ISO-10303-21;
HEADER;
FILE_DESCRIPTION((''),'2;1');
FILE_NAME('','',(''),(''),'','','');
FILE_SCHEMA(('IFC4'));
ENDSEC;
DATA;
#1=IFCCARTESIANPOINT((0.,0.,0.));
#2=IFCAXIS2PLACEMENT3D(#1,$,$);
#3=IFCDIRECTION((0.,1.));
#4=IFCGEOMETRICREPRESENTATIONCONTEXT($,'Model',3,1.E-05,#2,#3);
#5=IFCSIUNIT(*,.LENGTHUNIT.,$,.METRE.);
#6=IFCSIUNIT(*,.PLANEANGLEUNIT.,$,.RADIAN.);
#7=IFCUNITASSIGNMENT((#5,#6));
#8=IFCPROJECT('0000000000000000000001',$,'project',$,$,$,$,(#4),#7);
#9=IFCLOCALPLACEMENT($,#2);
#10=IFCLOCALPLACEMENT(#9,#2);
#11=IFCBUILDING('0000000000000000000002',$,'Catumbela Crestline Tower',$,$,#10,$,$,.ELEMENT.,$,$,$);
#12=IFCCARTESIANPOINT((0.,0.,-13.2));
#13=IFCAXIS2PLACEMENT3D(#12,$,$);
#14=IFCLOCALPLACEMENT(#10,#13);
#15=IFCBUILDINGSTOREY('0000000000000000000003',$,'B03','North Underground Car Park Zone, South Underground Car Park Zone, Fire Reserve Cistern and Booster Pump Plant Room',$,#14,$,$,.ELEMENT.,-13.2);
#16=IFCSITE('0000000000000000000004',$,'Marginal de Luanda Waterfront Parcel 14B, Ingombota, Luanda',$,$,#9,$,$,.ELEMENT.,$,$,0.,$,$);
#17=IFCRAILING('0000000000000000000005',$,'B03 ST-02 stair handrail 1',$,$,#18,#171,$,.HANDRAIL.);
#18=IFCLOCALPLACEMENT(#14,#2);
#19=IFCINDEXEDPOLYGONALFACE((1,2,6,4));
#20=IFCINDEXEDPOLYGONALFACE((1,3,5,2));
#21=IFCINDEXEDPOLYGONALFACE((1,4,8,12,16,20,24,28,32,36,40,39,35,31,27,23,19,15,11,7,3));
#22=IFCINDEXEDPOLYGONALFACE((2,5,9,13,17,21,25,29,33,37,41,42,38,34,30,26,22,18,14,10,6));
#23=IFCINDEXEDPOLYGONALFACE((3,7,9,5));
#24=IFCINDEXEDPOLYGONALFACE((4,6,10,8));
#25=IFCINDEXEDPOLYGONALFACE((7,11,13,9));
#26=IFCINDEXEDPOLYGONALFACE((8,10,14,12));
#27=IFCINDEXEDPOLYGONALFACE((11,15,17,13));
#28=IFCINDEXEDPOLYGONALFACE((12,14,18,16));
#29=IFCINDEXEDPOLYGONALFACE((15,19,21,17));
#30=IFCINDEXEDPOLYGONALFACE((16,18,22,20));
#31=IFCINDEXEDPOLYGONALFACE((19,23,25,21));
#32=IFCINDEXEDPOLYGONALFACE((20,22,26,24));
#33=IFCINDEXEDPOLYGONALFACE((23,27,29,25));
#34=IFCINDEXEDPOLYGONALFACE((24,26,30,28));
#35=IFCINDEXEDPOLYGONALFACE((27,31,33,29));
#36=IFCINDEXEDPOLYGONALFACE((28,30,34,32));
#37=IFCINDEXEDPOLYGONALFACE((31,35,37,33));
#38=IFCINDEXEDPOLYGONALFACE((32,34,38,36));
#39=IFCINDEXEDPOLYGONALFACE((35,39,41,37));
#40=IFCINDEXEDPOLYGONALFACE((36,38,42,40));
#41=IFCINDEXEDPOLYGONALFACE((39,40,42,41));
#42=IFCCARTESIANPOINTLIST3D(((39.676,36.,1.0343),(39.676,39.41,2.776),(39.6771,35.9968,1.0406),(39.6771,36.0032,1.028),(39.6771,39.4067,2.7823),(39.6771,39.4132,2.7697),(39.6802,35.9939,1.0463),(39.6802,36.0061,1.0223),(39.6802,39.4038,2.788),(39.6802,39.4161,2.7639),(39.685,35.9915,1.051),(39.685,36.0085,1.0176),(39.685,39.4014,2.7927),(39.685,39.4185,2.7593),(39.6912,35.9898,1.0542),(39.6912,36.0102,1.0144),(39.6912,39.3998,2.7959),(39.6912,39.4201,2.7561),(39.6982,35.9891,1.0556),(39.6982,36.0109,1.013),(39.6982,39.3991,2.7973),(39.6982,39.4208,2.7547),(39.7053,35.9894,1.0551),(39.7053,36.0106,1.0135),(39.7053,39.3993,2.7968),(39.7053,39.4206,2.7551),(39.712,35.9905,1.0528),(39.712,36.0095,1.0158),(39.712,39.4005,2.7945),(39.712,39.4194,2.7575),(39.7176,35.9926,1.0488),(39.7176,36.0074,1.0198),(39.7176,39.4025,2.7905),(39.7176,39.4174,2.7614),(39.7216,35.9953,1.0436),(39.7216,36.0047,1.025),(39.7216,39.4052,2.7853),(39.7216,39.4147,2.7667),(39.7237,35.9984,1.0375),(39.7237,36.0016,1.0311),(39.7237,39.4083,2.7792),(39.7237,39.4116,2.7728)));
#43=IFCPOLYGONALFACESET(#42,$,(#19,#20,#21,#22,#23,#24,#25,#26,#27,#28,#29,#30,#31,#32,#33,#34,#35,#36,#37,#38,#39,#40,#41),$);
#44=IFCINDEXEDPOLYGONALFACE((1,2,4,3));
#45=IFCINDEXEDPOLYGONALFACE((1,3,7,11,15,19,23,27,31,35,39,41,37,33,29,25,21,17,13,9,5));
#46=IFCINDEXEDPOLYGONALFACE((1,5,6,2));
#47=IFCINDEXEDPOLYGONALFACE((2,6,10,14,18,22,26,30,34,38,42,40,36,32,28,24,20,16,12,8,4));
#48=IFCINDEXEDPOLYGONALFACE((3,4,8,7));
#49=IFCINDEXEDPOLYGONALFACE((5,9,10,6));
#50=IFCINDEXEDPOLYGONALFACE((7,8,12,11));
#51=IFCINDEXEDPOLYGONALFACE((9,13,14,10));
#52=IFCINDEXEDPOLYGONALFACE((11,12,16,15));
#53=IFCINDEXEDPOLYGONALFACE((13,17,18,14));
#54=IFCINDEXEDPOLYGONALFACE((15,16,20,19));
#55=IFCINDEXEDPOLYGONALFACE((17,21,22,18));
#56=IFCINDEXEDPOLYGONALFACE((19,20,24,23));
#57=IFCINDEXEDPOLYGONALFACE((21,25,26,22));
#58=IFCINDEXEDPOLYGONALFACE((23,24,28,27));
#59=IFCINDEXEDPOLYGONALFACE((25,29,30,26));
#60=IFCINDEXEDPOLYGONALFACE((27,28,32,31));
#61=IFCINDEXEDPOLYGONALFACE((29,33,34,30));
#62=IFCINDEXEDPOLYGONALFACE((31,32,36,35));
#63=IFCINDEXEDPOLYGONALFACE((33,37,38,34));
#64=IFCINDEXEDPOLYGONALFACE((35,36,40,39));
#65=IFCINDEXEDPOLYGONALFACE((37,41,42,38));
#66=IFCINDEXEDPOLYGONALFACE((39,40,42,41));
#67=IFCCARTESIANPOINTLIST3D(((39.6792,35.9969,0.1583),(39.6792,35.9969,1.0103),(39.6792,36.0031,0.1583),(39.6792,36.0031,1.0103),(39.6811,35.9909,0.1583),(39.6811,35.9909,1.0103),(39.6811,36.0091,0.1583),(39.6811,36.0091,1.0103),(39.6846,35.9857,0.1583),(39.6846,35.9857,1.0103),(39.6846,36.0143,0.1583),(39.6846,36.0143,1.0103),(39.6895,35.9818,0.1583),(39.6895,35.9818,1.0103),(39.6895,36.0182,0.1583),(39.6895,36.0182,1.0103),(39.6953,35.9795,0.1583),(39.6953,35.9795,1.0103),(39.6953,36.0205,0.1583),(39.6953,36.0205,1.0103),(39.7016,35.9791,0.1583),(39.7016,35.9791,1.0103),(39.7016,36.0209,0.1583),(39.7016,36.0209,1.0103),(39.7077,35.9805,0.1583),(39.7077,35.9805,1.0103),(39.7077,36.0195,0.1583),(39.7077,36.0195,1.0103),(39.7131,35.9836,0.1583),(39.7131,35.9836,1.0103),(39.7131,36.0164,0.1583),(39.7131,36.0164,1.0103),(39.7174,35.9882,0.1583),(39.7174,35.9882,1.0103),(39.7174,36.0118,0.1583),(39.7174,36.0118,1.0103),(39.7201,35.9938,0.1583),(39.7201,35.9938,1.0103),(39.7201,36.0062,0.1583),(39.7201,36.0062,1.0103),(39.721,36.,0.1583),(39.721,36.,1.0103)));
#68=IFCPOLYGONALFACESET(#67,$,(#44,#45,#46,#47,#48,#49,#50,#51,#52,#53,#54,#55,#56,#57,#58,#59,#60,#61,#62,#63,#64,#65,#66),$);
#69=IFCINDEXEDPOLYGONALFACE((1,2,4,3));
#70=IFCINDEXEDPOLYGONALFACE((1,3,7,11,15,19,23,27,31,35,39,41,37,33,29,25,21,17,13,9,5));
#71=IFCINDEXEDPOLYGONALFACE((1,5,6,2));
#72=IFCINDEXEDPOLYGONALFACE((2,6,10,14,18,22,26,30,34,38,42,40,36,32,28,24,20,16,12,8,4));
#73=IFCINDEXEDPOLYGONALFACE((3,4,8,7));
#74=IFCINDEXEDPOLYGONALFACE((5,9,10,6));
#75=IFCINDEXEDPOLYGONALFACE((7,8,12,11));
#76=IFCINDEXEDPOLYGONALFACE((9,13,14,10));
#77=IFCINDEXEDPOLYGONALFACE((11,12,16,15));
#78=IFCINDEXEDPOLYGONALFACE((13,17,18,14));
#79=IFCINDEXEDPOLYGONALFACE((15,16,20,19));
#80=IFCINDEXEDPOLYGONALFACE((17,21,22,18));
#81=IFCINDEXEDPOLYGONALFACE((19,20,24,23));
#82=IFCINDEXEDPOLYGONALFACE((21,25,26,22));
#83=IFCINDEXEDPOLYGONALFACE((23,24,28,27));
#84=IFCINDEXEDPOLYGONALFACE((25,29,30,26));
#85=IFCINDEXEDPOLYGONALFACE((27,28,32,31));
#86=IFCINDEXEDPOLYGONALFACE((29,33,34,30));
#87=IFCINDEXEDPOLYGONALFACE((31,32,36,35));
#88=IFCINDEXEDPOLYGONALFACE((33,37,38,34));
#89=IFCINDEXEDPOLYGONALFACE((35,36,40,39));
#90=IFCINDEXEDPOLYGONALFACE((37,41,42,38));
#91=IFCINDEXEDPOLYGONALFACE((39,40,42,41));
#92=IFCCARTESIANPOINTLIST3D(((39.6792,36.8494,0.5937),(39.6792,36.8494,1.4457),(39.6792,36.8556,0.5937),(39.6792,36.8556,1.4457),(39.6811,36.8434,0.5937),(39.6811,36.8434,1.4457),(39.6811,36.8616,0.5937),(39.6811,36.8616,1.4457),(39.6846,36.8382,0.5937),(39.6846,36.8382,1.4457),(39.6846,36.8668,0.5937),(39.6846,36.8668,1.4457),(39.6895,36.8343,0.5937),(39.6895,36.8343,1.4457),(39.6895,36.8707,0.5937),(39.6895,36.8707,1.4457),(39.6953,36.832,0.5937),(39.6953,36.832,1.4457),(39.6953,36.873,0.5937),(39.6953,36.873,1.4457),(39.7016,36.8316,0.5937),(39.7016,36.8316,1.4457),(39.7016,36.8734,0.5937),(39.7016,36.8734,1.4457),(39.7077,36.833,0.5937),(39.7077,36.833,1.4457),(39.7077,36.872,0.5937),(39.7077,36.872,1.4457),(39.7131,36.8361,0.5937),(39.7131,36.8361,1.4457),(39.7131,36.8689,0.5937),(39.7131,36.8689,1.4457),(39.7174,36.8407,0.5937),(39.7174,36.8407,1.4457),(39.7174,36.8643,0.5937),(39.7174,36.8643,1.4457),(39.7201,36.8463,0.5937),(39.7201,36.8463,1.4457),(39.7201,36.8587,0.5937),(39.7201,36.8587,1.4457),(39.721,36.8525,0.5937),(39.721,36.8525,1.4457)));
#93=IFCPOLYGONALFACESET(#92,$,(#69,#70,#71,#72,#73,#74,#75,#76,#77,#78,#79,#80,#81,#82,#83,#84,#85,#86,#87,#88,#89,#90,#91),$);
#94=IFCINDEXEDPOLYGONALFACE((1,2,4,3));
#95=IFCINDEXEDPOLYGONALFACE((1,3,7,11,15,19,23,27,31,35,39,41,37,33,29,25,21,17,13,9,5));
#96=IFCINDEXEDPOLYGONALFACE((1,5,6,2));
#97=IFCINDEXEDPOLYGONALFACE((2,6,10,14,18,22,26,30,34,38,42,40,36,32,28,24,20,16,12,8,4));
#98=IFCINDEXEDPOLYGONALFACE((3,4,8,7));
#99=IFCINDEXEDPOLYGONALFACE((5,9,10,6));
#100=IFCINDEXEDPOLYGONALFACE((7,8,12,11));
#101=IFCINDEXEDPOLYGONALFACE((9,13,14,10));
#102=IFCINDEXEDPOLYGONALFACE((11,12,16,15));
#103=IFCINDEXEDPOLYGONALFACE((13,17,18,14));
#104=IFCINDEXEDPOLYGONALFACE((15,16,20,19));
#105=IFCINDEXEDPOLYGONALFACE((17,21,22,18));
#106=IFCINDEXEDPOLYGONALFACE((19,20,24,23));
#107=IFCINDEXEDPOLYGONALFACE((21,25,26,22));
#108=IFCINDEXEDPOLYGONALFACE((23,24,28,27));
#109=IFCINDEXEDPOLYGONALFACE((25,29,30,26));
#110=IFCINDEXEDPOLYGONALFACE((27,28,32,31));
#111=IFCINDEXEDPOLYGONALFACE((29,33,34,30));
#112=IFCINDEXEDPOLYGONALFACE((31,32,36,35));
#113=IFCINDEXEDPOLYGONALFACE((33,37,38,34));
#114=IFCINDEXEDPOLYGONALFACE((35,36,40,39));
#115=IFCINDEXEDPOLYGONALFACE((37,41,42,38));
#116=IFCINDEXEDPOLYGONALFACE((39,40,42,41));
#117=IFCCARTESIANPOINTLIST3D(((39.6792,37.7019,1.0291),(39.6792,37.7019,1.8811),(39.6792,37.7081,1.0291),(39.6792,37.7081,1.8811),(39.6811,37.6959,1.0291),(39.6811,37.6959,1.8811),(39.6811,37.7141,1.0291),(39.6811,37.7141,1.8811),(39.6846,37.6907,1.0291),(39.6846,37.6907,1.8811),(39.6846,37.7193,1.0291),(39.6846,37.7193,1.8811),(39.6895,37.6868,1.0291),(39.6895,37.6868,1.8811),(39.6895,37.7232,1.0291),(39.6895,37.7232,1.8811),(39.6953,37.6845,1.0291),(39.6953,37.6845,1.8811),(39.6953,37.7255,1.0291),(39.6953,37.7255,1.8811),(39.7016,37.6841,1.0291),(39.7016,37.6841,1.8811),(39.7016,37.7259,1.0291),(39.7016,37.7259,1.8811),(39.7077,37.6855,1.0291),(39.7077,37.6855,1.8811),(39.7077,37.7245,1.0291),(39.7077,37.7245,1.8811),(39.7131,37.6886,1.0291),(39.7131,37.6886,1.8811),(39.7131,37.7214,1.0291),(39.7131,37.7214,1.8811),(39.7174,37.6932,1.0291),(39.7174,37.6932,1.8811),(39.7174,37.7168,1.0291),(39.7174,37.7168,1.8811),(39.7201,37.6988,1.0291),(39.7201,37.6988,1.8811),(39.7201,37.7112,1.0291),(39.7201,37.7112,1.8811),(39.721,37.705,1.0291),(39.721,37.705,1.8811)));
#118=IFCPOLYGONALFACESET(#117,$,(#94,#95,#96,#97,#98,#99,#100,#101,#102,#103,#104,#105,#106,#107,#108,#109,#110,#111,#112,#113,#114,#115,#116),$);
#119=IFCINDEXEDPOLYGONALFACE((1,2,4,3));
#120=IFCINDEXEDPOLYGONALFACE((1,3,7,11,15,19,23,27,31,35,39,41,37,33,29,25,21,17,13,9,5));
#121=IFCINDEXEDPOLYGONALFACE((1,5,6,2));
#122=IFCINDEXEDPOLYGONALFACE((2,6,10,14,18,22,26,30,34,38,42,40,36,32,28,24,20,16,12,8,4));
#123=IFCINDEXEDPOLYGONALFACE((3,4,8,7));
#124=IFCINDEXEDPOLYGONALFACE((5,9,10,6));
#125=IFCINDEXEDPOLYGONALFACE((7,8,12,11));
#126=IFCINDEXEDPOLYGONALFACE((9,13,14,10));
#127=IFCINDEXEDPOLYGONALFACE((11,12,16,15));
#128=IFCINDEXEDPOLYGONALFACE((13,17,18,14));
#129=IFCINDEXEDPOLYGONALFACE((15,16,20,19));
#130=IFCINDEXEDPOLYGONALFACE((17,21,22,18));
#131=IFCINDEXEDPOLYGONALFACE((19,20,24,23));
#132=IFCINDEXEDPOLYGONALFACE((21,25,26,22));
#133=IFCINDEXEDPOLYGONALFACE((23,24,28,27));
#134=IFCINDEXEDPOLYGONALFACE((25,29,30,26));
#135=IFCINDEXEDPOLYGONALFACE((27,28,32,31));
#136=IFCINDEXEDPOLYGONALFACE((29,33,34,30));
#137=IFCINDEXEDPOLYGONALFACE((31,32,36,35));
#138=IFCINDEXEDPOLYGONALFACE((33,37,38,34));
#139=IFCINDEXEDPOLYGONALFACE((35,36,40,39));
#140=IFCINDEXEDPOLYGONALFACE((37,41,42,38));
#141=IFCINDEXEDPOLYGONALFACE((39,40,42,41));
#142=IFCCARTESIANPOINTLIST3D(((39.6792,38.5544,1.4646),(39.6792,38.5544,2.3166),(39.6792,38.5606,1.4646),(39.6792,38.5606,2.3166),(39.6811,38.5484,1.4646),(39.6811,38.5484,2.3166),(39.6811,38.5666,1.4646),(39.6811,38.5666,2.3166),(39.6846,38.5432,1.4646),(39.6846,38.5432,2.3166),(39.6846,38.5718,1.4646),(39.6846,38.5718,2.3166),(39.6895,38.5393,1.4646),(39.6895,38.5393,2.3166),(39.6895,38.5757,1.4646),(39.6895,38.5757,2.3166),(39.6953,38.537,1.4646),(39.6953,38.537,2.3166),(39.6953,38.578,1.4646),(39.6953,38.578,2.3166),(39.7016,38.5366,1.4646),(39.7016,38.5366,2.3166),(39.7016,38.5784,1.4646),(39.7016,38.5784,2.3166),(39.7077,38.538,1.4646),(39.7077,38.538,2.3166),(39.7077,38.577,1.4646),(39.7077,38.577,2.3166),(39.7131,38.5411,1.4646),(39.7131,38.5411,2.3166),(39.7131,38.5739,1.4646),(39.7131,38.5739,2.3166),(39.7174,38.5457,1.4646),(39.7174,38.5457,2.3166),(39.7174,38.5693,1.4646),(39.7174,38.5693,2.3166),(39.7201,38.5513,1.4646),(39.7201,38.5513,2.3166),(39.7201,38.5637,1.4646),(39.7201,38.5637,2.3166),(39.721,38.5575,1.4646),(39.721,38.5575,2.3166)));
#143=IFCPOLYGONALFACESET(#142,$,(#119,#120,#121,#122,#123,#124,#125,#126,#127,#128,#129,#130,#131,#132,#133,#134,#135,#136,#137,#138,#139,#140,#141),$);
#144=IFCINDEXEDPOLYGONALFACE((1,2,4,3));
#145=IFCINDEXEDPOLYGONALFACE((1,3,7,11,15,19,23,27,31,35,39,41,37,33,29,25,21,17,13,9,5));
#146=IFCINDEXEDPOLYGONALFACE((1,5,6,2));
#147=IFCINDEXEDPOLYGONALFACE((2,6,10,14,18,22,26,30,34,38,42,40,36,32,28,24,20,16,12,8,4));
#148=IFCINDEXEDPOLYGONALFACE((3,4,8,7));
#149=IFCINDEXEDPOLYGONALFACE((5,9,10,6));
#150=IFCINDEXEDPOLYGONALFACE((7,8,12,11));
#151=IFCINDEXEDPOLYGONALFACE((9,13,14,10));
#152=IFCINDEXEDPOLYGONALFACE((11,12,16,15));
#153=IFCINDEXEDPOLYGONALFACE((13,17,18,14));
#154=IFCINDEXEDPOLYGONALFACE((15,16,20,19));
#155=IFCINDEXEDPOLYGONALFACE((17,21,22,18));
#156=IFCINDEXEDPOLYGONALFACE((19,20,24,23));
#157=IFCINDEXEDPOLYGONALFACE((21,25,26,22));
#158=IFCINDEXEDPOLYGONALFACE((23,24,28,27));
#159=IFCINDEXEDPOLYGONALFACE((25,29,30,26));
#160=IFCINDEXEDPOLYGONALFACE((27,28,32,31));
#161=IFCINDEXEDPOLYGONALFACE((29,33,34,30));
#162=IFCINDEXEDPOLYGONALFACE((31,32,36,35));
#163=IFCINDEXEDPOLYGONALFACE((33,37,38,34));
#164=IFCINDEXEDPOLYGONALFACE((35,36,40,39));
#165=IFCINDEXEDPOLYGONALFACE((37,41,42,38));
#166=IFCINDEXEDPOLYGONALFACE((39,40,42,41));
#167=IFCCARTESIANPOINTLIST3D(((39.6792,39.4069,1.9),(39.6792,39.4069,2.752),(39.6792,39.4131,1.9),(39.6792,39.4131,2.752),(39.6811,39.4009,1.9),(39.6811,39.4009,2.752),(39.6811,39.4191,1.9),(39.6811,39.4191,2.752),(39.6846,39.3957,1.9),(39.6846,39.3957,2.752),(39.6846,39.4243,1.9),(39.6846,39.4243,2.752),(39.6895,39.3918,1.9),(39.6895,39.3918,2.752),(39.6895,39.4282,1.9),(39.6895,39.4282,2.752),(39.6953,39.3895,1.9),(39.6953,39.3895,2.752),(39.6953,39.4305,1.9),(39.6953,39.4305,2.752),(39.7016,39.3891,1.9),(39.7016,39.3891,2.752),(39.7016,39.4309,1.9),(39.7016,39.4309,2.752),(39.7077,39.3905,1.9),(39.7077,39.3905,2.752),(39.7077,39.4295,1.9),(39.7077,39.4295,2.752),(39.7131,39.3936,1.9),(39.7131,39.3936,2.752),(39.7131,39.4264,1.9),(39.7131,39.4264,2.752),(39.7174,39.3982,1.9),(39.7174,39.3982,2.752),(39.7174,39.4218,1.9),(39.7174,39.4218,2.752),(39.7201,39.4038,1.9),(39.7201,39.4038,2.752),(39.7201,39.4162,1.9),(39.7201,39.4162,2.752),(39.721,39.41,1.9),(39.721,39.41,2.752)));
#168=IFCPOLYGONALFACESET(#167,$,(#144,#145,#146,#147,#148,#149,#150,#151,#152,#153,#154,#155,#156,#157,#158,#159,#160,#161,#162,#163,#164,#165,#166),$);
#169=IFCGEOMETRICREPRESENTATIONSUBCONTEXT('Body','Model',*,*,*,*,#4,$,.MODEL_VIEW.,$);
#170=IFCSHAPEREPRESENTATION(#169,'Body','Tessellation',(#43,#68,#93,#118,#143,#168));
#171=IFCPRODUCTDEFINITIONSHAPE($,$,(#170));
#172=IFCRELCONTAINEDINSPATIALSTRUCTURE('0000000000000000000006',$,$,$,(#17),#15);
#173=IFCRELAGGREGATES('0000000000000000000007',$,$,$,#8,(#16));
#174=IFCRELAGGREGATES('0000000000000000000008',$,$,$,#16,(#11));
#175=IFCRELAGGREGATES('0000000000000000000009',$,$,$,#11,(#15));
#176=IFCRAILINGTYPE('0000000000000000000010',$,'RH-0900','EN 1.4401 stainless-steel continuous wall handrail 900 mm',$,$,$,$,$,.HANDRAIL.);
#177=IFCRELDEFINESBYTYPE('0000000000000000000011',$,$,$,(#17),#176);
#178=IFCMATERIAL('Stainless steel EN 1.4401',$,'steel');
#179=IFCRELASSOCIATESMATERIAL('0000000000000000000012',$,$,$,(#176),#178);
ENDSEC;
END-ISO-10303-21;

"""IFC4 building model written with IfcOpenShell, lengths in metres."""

from ifc_helpers import new_model, si_unit, direction, frame, origin, origin_2d, place, context, subcontext, project, spatial, circle, extrude, material, type_object, element, save


model = new_model("IFC4")

# Units and contexts
model_context = context("Model", 3, precision=1e-05, world=origin(), true_north=direction((0.0, 1.0)))
body_context = subcontext(model_context, "Body", "Model", "MODEL_VIEW")
ifc_project = project(units=[si_unit("LENGTHUNIT", "METRE"), si_unit("PLANEANGLEUNIT", "RADIAN")], contexts=[model_context])

# Site, building, storey
site_placement = place(None, origin())
site = spatial("IfcSite", under=ifc_project, at=site_placement, Name="Marginal de Luanda Waterfront Parcel 14B, Ingombota, Luanda", CompositionType="ELEMENT", RefElevation=0.0)
building_placement = place(site_placement, origin())
building = spatial("IfcBuilding", under=site, at=building_placement, Name="Catumbela Crestline Tower", CompositionType="ELEMENT")
storey_placement = place(building_placement, frame((0.0, 0.0, -13.2)))
storey = spatial("IfcBuildingStorey", under=building, at=storey_placement, Name="B03", Description="North Underground Car Park Zone, South Underground Car Park Zone, Fire Reserve Cistern and Booster Pump Plant Room", CompositionType="ELEMENT", Elevation=-13.2)

# Shared definitions
ifc_material_1 = material(Name="Stainless steel EN 1.4401", Category="steel")

# Railing
railing_type_1 = type_object("IfcRailingType", Name="RH-0900", Description="EN 1.4401 stainless-steel continuous wall handrail 900 mm", PredefinedType="HANDRAIL", material=ifc_material_1)
railing_1_placement = place(storey_placement, frame((39.7, 36.0, 0.1583)))
element("IfcRailing", 1, at=railing_1_placement, inside=storey, type_object=railing_type_1, Name="B03 ST-02 stair handrail 1", PredefinedType="HANDRAIL", context=body_context, shape_type="SweptSolid", body=[
    extrude(circle(Radius=0.024, at=origin_2d()), frame((0.0, 0.0, 0.876), z_axis=(0.0, 0.89056, 0.454865), x_axis=(-1.0, 0.0, 0.0)), (0.0, 0.0, 1.0), 3.829),
    extrude(circle(Radius=0.021, at=origin_2d()), origin(), (0.0, 0.0, 1.0), 0.852),
    extrude(circle(Radius=0.021, at=origin_2d()), frame((0.0, 0.8525, 0.4354)), (0.0, 0.0, 1.0), 0.852),
    extrude(circle(Radius=0.021, at=origin_2d()), frame((0.0, 1.705, 0.8708)), (0.0, 0.0, 1.0), 0.852),
    extrude(circle(Radius=0.021, at=origin_2d()), frame((0.0, 2.5575, 1.3063)), (0.0, 0.0, 1.0), 0.852),
    extrude(circle(Radius=0.021, at=origin_2d()), frame((0.0, 3.41, 1.7417)), (0.0, 0.0, 1.0), 0.852),
])

save(model, "model.ifc")
